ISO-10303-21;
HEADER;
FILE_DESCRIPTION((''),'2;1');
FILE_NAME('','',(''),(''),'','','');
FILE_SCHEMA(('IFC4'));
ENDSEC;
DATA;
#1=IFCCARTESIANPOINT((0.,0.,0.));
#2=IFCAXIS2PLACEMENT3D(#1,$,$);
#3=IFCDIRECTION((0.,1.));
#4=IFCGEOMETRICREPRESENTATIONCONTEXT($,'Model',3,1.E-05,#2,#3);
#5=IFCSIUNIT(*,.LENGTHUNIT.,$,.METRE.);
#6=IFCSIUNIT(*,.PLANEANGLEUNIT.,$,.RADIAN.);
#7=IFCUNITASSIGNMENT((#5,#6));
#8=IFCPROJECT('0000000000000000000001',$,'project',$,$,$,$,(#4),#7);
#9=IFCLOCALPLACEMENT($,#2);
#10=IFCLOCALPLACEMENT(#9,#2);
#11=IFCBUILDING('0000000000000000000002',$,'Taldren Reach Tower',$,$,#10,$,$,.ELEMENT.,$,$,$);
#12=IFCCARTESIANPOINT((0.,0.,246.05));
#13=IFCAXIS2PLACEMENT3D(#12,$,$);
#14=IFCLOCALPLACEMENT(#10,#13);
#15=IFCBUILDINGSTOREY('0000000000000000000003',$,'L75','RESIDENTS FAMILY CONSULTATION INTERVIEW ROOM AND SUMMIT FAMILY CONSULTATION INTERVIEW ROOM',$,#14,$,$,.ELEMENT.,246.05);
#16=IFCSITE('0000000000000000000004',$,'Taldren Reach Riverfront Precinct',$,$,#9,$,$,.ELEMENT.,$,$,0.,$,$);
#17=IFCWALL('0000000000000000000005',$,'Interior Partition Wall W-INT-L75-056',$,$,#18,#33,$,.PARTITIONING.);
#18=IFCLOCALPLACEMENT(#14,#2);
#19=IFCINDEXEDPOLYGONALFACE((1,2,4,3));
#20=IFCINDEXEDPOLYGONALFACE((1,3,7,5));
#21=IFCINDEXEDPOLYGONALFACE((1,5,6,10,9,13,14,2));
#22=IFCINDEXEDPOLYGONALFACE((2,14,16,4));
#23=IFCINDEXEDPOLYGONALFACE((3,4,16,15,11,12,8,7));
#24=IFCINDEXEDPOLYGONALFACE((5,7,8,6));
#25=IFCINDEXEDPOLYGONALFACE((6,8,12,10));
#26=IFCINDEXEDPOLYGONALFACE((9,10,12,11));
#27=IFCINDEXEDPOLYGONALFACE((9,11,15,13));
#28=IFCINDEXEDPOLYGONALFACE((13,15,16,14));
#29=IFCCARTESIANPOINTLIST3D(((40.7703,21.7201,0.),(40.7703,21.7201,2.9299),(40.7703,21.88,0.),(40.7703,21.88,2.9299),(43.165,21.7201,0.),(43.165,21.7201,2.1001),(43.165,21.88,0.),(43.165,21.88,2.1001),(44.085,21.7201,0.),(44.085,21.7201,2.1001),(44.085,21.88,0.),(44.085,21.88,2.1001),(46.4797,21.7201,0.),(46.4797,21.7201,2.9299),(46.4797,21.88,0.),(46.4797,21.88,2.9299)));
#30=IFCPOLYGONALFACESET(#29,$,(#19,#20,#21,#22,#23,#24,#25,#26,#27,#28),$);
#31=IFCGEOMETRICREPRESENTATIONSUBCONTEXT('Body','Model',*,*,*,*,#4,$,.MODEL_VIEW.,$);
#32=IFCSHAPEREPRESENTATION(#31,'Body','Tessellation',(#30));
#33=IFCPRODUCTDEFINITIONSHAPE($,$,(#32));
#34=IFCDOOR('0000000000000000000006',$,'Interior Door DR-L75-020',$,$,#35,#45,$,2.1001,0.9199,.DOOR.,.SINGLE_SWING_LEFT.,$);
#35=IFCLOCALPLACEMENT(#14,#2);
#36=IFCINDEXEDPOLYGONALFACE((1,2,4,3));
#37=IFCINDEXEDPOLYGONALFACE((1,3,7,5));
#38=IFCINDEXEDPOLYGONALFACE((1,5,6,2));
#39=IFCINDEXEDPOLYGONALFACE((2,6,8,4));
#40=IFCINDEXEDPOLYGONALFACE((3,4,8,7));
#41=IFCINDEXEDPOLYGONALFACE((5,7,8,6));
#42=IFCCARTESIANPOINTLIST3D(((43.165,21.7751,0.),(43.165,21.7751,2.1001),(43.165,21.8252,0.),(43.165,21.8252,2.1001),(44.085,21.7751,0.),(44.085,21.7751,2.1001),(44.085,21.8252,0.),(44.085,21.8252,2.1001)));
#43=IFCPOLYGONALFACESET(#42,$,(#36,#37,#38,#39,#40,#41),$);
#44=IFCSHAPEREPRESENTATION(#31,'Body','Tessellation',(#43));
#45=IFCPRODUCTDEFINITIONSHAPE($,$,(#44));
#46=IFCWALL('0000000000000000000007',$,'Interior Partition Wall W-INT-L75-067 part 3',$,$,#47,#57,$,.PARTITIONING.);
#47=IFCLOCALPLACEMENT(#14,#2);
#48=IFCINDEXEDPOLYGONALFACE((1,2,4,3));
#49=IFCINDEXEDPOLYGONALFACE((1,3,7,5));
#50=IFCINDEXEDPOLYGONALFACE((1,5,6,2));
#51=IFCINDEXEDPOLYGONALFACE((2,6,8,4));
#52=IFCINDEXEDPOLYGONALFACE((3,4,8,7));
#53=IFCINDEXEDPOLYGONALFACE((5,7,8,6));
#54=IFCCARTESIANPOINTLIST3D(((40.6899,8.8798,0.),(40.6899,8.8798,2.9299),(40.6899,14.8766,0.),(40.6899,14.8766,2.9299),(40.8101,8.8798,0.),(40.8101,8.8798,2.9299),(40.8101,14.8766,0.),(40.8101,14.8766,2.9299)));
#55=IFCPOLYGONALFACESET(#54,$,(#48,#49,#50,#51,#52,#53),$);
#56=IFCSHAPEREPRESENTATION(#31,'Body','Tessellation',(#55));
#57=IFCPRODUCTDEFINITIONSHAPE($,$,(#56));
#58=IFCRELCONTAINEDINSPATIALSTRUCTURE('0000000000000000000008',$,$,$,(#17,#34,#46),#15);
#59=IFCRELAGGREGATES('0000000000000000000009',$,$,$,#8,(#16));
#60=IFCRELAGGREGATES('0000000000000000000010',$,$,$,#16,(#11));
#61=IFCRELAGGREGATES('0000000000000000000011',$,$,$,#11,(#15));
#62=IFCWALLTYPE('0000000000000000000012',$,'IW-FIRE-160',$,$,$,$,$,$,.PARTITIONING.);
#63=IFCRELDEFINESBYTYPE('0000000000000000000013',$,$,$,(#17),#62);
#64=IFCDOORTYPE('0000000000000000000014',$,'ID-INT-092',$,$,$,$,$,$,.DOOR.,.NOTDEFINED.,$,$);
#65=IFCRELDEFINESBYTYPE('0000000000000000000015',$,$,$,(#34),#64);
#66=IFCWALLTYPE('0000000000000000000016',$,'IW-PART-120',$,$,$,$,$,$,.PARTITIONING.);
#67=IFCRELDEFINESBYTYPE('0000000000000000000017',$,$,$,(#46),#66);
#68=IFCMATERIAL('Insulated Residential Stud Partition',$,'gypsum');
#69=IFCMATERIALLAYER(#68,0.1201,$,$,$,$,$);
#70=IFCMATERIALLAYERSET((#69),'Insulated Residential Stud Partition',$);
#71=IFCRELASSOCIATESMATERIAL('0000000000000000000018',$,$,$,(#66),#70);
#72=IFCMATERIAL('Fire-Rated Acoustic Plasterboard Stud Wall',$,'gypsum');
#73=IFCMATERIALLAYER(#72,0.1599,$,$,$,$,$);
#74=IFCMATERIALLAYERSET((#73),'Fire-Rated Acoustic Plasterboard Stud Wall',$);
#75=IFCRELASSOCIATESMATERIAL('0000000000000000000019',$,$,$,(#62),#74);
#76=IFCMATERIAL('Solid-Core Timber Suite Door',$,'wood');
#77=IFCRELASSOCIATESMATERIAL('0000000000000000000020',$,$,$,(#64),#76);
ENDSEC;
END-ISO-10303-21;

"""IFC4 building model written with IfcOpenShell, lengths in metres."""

from ifc_helpers import new_model, si_unit, direction, frame, frame_2d, origin, place, context, subcontext, project, spatial, rectangle, extrude, source, transform, mapped, material, layer, layer_set, type_object, element, fill, save


model = new_model("IFC4")

# Units and contexts
model_context = context("Model", 3, precision=1e-05, world=origin(), true_north=direction((0.0, 1.0)))
body_context = subcontext(model_context, "Body", "Model", "MODEL_VIEW")
ifc_project = project(units=[si_unit("LENGTHUNIT", "METRE"), si_unit("PLANEANGLEUNIT", "RADIAN")], contexts=[model_context])

# Site, building, storey
site_placement = place(None, origin())
site = spatial("IfcSite", under=ifc_project, at=site_placement, Name="Taldren Reach Riverfront Precinct", CompositionType="ELEMENT", RefElevation=0.0)
building_placement = place(site_placement, origin())
building = spatial("IfcBuilding", under=site, at=building_placement, Name="Taldren Reach Tower", CompositionType="ELEMENT")
storey_placement = place(building_placement, frame((0.0, 0.0, 246.05)))
storey = spatial("IfcBuildingStorey", under=building, at=storey_placement, Name="L75", Description="RESIDENTS FAMILY CONSULTATION INTERVIEW ROOM AND SUMMIT FAMILY CONSULTATION INTERVIEW ROOM", CompositionType="ELEMENT", Elevation=246.05)

# Shared definitions
ifc_material_1 = material(Name="Insulated Residential Stud Partition", Category="gypsum")
ifc_layer_1 = layer(ifc_material_1, 0.1201)
ifc_layer_set_1 = layer_set([ifc_layer_1], Name="Insulated Residential Stud Partition")
wall_type_1 = type_object("IfcWallType", Name="IW-PART-120", PredefinedType="PARTITIONING", material=ifc_layer_set_1)

# Wall, opening, door
ifc_material_2 = material(Name="Fire-Rated Acoustic Plasterboard Stud Wall", Category="gypsum")
ifc_layer_2 = layer(ifc_material_2, 0.1599)
ifc_layer_set_2 = layer_set([ifc_layer_2], Name="Fire-Rated Acoustic Plasterboard Stud Wall")
wall_type_2 = type_object("IfcWallType", Name="IW-FIRE-160", PredefinedType="PARTITIONING", material=ifc_layer_set_2)
shared_shape_1 = source(origin(), body_context, "Body", "SweptSolid", [
    extrude(rectangle(XDim=0.9199, YDim=2.1001, at=frame_2d((0.46, 1.05))), frame((0.0, 0.0898, 0.0), z_axis=(0.0, -1.0, 0.0), x_axis=(1.0, 0.0, 0.0)), (0.0, 0.0, 1.0), 0.1799),
])
ifc_material_3 = material(Name="Solid-Core Timber Suite Door", Category="wood")
door_type_1 = type_object("IfcDoorType", Name="ID-INT-092", OperationType="NOTDEFINED", PredefinedType="DOOR", material=ifc_material_3)
shared_shape_2 = source(origin(), body_context, "Body", "SweptSolid", [
    extrude(rectangle(XDim=0.9199, YDim=2.1001, at=frame_2d((0.46, 1.05))), frame((0.0, 0.0249, 0.0), z_axis=(0.0, -1.0, 0.0), x_axis=(1.0, 0.0, 0.0)), (0.0, 0.0, 1.0), 0.05),
])
shared_shape_3 = source(origin(), body_context, "Body", "SweptSolid", [
    extrude(rectangle(XDim=5.7095, YDim=0.1599, at=frame_2d((2.8547, 0.0))), origin(), (0.0, 0.0, 1.0), 2.9299),
])
wall_1_placement = place(storey_placement, frame((46.4797, 21.8, 0.0), z_axis=(0.0, 0.0, 1.0), x_axis=(-1.0, 0.0, 0.0)))
wall_1 = element("IfcWall", 1, at=wall_1_placement, inside=storey, type_object=wall_type_2, Name="Interior Partition Wall W-INT-L75-056", PredefinedType="PARTITIONING", context=body_context, shape_type="MappedRepresentation", body=[
    mapped(shared_shape_3, transform((0.0, 0.0, 0.0), scale=1.0)),
])
opening_1_placement = place(wall_1_placement, frame((2.3948, 0.0, 0.0)))
opening_1 = element("IfcOpeningElement", 2, at=opening_1_placement, cuts=wall_1, PredefinedType="OPENING", context=body_context, shape_type="MappedRepresentation", body=[
    mapped(shared_shape_1, transform((0.0, 0.0, 0.0), scale=1.0)),
])
door_1_placement = place(opening_1_placement, origin())
door_1 = element("IfcDoor", 3, at=door_1_placement, inside=storey, type_object=door_type_1, Name="Interior Door DR-L75-020", OperationType="SINGLE_SWING_LEFT", OverallHeight=2.1001, OverallWidth=0.9199, PredefinedType="DOOR", context=body_context, shape_type="MappedRepresentation", body=[
    mapped(shared_shape_2, transform((0.0, 0.0, 0.0), scale=1.0)),
])
fill(opening_1, door_1)

# Wall
shared_shape_4 = source(origin(), body_context, "Body", "SweptSolid", [
    extrude(rectangle(XDim=5.9968, YDim=0.1201, at=frame_2d((2.9985, 0.0))), origin(), (0.0, 0.0, 1.0), 2.9299),
])
wall_2_placement = place(storey_placement, frame((40.75, 14.8767, 0.0), z_axis=(0.0, 0.0, 1.0), x_axis=(0.0, -1.0, 0.0)))
element("IfcWall", 4, at=wall_2_placement, inside=storey, type_object=wall_type_1, Name="Interior Partition Wall W-INT-L75-067 part 3", PredefinedType="PARTITIONING", context=body_context, shape_type="MappedRepresentation", body=[
    mapped(shared_shape_4, transform((0.0, 0.0, 0.0), scale=1.0)),
])

save(model, "model.ifc")
